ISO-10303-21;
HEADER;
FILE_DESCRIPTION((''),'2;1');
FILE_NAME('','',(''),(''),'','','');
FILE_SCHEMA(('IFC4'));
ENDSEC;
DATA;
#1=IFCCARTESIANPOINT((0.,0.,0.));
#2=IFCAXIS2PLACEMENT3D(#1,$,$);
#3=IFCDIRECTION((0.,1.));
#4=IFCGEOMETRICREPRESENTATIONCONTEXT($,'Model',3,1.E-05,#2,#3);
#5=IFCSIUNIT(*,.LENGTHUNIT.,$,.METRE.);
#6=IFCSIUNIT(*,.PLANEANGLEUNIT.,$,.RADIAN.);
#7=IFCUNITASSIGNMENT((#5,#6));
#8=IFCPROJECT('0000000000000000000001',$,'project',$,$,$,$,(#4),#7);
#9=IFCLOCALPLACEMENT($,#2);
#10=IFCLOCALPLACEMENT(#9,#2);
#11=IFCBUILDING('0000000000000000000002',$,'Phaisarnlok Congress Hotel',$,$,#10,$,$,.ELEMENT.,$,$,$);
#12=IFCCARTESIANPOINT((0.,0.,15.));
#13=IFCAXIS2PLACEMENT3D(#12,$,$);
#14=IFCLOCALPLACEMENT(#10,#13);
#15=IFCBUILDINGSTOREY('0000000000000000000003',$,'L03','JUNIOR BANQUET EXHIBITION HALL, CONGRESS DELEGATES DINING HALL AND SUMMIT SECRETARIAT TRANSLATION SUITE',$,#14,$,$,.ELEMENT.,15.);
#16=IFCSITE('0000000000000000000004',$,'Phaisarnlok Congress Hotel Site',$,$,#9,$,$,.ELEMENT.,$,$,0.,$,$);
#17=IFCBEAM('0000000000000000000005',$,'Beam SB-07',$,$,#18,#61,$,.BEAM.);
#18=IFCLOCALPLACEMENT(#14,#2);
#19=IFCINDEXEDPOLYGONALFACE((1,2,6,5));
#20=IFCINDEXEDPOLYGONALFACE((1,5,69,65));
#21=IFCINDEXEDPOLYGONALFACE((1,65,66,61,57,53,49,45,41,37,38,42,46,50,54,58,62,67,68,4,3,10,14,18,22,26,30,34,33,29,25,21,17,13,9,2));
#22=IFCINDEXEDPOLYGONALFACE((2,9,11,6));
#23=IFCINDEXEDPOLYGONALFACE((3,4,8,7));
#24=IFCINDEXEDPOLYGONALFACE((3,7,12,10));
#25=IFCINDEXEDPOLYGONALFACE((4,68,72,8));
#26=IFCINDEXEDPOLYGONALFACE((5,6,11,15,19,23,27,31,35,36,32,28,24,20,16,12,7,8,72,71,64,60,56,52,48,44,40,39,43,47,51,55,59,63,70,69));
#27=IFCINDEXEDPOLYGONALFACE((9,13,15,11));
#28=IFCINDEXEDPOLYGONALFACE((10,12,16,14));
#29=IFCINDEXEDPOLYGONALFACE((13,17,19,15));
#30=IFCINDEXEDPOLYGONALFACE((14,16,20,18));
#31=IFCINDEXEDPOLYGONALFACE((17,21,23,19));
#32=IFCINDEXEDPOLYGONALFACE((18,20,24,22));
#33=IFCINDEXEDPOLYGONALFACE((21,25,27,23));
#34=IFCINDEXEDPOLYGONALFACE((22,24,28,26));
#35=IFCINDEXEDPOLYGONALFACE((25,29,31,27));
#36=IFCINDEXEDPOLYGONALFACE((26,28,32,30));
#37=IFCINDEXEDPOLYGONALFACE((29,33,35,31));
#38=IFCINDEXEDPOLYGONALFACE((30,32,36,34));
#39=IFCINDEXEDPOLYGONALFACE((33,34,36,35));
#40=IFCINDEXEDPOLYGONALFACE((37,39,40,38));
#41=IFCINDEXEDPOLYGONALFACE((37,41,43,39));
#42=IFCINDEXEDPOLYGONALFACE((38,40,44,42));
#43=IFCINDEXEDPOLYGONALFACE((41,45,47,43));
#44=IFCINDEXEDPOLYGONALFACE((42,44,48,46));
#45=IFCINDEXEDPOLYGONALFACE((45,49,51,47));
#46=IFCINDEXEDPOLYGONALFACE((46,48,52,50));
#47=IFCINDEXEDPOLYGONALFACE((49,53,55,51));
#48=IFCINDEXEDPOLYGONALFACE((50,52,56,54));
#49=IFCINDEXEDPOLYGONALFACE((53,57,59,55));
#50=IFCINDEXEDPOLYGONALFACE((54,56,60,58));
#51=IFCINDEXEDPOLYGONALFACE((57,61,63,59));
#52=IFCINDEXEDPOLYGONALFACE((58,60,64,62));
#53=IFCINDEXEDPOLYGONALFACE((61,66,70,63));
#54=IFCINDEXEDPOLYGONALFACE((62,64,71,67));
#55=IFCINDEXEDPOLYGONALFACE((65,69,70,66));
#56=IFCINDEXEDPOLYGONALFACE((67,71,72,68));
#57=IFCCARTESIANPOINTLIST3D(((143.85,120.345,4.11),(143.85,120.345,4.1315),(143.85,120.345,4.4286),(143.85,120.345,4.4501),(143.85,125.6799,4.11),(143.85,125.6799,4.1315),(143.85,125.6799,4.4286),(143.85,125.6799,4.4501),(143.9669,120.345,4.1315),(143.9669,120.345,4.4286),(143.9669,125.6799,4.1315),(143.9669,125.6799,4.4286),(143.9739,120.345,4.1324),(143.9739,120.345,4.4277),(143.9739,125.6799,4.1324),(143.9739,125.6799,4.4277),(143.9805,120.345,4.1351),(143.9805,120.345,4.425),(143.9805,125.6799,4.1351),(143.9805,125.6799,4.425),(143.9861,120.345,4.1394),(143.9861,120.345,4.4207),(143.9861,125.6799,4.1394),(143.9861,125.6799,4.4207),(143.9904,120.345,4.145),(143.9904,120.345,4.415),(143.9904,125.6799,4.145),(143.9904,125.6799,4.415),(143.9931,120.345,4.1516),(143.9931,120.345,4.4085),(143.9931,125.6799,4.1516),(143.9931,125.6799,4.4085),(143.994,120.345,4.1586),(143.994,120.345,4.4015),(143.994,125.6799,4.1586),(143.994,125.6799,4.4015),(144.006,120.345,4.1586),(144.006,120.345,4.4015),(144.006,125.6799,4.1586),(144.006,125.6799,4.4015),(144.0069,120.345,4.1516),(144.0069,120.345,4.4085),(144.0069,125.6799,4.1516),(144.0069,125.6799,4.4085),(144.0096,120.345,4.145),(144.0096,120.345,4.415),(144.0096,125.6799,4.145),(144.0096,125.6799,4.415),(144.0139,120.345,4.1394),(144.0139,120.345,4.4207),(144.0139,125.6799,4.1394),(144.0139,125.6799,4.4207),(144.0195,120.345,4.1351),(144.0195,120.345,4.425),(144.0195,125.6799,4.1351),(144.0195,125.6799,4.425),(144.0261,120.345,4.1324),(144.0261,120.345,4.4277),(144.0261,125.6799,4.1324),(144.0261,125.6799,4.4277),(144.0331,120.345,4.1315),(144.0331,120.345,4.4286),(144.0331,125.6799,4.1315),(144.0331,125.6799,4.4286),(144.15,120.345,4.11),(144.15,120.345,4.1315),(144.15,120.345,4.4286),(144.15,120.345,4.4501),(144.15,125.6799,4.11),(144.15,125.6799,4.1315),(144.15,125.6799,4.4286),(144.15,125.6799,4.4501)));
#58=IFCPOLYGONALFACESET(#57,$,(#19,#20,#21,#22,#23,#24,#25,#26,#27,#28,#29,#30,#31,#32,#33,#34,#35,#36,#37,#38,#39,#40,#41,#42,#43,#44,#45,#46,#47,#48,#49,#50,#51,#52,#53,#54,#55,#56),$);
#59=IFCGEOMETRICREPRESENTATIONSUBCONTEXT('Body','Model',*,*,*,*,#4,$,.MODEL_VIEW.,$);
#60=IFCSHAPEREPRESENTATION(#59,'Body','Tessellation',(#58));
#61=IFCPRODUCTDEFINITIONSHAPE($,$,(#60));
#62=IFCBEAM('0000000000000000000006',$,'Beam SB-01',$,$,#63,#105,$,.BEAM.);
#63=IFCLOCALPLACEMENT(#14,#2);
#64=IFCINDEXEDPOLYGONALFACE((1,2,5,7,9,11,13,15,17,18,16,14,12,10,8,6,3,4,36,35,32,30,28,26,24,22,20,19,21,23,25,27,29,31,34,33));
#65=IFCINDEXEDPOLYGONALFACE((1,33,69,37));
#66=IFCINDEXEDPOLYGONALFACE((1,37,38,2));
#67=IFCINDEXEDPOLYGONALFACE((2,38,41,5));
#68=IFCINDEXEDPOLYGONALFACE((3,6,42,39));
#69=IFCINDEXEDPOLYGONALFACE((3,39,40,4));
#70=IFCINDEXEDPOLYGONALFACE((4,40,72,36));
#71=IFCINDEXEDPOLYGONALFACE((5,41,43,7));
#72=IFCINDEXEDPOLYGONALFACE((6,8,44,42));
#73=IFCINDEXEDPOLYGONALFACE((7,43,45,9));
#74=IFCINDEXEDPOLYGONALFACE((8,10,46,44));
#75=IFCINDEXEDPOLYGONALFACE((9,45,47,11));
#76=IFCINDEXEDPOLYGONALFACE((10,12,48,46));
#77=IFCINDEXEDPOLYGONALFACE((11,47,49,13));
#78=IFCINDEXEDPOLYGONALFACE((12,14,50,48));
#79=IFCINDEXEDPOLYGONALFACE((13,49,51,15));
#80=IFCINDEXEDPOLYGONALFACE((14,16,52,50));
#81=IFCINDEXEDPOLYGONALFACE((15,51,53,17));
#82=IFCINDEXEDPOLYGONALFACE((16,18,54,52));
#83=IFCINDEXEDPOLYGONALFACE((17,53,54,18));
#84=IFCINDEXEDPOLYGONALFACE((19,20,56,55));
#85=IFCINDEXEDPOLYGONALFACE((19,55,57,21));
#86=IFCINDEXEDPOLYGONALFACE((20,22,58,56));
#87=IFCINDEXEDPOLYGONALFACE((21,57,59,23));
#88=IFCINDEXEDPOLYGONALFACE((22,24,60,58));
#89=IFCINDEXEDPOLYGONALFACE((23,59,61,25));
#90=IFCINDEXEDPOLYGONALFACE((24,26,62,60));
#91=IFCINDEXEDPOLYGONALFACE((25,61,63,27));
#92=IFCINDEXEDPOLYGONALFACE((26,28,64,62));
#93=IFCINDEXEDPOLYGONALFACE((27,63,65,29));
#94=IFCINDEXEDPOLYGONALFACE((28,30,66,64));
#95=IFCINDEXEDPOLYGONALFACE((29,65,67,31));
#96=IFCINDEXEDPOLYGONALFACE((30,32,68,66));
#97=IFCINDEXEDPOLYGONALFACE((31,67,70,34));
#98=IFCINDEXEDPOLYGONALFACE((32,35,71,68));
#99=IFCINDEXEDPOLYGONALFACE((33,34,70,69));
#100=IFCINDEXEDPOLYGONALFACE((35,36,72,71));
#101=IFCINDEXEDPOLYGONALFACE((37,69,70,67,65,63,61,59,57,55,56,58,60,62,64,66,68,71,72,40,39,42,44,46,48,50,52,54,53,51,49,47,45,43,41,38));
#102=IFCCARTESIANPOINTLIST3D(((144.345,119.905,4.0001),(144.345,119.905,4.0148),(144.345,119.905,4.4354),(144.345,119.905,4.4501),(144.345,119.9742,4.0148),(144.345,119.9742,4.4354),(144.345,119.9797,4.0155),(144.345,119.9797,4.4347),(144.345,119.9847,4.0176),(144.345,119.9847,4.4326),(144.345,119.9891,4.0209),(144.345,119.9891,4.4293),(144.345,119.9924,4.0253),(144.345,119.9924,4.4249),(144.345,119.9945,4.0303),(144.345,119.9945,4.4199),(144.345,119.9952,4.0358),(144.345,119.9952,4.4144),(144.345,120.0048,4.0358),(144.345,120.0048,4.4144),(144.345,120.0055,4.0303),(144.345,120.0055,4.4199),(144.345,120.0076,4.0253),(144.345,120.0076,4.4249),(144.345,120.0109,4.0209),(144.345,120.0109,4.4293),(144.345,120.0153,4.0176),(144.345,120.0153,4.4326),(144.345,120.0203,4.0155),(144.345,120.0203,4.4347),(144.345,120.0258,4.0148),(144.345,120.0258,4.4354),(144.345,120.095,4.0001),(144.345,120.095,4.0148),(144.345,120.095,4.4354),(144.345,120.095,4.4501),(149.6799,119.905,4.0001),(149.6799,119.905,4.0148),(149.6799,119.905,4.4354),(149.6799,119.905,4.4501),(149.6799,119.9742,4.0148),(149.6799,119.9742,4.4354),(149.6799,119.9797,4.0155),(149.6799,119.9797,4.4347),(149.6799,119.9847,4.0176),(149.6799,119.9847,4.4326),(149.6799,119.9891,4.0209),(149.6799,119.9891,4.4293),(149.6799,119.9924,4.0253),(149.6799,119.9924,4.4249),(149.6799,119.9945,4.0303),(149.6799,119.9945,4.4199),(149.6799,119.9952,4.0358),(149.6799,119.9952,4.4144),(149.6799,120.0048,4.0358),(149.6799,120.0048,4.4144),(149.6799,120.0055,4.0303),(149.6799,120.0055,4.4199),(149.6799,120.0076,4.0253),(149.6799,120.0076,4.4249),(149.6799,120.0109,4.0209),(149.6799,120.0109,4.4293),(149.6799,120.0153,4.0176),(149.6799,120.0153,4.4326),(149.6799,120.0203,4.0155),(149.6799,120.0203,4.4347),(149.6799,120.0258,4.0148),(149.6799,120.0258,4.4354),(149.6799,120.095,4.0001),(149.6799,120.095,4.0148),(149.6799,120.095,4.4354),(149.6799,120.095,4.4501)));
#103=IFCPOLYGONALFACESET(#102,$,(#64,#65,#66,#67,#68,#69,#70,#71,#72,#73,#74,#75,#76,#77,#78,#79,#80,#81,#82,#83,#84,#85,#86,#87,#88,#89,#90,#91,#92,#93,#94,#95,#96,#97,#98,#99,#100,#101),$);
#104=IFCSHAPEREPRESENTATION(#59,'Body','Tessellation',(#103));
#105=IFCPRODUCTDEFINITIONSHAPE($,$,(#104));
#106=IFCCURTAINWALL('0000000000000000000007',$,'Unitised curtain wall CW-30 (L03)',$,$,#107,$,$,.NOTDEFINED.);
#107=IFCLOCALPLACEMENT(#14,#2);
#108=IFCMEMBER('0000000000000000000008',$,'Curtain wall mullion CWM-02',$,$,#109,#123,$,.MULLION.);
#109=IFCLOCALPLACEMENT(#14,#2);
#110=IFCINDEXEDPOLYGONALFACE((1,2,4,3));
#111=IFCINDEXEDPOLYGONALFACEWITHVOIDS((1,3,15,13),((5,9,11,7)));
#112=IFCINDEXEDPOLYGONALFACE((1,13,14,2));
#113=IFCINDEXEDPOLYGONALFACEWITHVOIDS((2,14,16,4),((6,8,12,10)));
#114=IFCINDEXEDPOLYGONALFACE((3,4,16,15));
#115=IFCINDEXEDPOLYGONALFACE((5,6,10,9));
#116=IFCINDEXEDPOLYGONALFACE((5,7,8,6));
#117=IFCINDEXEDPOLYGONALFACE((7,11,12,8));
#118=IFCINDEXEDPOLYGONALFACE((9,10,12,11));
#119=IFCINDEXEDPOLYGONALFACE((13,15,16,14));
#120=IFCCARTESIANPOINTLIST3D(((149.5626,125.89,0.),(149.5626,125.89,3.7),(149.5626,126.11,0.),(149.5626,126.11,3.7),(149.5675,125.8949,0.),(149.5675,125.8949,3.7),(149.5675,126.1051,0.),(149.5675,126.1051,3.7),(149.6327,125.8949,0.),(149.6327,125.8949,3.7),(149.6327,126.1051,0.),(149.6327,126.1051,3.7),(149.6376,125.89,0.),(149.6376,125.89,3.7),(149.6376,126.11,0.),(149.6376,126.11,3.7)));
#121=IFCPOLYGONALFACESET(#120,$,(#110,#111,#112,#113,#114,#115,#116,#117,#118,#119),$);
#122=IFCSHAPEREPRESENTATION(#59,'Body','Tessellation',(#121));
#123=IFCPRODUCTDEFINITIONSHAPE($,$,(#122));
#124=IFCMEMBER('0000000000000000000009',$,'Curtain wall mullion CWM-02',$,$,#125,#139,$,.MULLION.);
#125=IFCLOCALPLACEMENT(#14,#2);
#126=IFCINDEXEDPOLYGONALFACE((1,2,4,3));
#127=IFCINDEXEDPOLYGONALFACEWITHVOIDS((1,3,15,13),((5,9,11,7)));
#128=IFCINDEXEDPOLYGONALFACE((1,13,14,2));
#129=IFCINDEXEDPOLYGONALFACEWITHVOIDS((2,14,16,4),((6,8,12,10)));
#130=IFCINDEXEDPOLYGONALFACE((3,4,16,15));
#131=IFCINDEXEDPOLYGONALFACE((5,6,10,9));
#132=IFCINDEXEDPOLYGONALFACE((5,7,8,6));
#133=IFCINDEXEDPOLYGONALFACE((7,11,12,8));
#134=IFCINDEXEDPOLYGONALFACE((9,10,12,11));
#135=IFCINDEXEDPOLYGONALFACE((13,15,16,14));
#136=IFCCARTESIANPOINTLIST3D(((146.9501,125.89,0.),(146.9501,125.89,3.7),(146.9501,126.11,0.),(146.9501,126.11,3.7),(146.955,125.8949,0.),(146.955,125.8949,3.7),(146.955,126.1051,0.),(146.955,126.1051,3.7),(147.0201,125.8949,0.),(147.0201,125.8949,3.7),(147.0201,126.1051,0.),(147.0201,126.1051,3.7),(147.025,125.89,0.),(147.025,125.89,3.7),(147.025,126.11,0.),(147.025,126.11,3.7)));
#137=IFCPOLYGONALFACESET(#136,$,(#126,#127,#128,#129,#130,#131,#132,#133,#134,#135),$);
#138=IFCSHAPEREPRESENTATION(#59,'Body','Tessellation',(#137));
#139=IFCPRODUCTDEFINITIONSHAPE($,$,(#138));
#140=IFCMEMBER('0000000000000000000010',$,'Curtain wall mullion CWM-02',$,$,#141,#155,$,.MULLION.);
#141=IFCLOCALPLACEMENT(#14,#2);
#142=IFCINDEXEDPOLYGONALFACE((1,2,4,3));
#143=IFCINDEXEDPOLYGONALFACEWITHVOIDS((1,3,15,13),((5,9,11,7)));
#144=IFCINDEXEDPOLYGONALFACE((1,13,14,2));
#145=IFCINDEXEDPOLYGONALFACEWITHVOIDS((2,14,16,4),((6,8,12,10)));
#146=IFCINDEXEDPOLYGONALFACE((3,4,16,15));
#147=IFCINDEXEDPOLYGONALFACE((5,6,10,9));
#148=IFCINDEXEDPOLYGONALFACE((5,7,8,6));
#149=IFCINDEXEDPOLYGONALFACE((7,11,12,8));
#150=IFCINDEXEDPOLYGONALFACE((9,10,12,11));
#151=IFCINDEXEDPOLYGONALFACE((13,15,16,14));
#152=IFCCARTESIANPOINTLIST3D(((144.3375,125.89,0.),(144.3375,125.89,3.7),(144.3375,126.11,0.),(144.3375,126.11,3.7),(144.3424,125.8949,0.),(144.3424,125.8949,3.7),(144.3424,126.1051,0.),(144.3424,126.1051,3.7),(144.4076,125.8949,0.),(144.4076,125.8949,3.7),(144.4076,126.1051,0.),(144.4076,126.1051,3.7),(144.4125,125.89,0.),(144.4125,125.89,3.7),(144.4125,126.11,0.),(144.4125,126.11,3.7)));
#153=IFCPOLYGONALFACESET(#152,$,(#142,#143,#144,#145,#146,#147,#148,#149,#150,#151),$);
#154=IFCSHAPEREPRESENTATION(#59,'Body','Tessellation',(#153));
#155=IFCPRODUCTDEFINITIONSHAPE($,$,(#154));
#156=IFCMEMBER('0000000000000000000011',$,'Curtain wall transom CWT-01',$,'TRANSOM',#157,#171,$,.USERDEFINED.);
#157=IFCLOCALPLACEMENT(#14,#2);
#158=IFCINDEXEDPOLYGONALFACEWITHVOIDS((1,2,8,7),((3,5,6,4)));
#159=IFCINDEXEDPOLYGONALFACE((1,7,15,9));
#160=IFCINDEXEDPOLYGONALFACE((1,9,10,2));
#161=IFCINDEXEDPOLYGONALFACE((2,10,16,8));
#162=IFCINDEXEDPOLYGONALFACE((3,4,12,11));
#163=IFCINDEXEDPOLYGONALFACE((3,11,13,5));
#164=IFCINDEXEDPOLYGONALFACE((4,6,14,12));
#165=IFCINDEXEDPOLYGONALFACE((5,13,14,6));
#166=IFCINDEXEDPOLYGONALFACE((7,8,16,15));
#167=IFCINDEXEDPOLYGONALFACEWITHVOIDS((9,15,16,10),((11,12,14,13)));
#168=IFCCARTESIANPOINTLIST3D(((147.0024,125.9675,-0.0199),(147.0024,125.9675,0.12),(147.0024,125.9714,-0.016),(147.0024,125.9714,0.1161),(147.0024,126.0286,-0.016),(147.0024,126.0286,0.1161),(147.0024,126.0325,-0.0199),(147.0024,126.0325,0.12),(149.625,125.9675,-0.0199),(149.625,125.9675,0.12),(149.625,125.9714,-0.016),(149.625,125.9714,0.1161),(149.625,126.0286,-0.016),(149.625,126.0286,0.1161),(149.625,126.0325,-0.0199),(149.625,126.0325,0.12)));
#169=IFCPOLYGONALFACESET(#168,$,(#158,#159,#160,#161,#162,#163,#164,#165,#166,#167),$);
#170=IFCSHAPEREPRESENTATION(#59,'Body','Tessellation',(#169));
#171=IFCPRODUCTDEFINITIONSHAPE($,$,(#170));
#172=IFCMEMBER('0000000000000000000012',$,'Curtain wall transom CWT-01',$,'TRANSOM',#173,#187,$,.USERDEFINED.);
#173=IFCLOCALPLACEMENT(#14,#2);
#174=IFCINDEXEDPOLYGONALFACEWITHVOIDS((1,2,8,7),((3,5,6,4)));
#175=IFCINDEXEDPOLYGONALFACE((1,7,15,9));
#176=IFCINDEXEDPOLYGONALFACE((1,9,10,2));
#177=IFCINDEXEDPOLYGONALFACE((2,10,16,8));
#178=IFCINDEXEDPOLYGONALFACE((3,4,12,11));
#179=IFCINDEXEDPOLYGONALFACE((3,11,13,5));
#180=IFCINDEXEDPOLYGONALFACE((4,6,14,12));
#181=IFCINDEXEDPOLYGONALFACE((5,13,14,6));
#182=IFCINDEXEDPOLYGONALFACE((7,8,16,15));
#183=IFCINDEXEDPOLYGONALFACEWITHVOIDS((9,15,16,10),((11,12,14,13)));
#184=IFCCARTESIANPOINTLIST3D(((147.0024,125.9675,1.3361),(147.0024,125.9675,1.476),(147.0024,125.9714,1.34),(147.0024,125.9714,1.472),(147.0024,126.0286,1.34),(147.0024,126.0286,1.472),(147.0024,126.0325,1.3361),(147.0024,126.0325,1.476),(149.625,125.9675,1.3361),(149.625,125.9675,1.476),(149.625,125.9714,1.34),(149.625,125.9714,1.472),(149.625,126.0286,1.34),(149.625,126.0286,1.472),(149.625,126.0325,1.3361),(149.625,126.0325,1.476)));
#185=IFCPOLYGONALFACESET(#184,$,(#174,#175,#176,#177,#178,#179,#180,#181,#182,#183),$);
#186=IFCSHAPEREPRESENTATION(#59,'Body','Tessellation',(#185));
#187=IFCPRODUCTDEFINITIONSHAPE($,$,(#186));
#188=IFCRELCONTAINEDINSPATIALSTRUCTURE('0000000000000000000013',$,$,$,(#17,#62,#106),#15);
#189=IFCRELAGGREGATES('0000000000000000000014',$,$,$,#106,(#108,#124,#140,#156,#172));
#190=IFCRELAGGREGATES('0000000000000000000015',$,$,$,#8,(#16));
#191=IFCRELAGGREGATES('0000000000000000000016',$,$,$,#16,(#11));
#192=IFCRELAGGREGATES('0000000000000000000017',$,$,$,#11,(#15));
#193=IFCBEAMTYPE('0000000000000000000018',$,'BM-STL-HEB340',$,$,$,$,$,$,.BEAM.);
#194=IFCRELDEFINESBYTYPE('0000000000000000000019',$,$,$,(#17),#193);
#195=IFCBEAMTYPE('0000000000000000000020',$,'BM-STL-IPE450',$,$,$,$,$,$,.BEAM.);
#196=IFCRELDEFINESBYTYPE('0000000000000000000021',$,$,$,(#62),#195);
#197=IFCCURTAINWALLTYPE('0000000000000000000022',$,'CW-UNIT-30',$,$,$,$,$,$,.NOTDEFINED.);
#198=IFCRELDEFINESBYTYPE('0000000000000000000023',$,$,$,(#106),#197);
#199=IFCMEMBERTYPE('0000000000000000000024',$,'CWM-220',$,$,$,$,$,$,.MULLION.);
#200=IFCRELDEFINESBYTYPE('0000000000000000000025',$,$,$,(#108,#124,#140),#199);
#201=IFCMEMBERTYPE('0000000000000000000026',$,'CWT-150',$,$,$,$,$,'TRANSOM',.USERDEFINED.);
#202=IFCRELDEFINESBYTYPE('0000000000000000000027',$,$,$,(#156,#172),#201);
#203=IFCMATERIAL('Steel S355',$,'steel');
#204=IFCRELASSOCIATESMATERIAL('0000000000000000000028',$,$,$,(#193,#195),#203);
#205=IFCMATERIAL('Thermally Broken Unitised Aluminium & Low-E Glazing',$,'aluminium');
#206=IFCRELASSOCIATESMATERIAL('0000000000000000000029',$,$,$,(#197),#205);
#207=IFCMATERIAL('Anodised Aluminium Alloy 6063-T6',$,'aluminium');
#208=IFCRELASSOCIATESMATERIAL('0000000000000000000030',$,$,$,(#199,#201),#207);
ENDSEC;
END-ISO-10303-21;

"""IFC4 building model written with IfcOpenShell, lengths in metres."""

from ifc_helpers import new_model, si_unit, direction, frame, origin, origin_2d, place, context, subcontext, project, spatial, hollow_rectangle, i_section, extrude, material, material_profile, profile_set, type_object, element, aggregate, save


model = new_model("IFC4")

# Units and contexts
model_context = context("Model", 3, precision=1e-05, world=origin(), true_north=direction((0.0, 1.0)))
body_context = subcontext(model_context, "Body", "Model", "MODEL_VIEW")
ifc_project = project(units=[si_unit("LENGTHUNIT", "METRE"), si_unit("PLANEANGLEUNIT", "RADIAN")], contexts=[model_context])

# Site, building, storey
site_placement = place(None, origin())
site = spatial("IfcSite", under=ifc_project, at=site_placement, Name="Phaisarnlok Congress Hotel Site", CompositionType="ELEMENT", RefElevation=0.0)
building_placement = place(site_placement, origin())
building = spatial("IfcBuilding", under=site, at=building_placement, Name="Phaisarnlok Congress Hotel", CompositionType="ELEMENT")
storey_placement = place(building_placement, frame((0.0, 0.0, 15.0)))
storey = spatial("IfcBuildingStorey", under=building, at=storey_placement, Name="L03", Description="JUNIOR BANQUET EXHIBITION HALL, CONGRESS DELEGATES DINING HALL AND SUMMIT SECRETARIAT TRANSLATION SUITE", CompositionType="ELEMENT", Elevation=15.0)

# Shared definitions
ifc_material_1 = material(Name="Steel S355", Category="steel")

# Beams
ifc_material_profile_1 = material_profile(ifc_material_1, i_section(OverallWidth=0.3, OverallDepth=0.3401, WebThickness=0.012, FlangeThickness=0.0215, FilletRadius=0.0271, at=origin_2d()), Name="HEB 340")
ifc_profile_set_1 = profile_set([ifc_material_profile_1], Name="Steel S355")
beam_type_1 = type_object("IfcBeamType", Name="BM-STL-HEB340", PredefinedType="BEAM", material=ifc_profile_set_1)
beam_1_placement = place(storey_placement, frame((144.0, 120.345, 4.28), z_axis=(0.0, 1.0, 0.0), x_axis=(-1.0, 0.0, 0.0)))
element("IfcBeam", 1, at=beam_1_placement, inside=storey, type_object=beam_type_1, Name="Beam SB-07", PredefinedType="BEAM", context=body_context, shape_type="SweptSolid", body=[
    extrude(i_section(OverallWidth=0.3, OverallDepth=0.3401, WebThickness=0.012, FlangeThickness=0.0215, FilletRadius=0.0271, at=origin_2d()), origin(), (0.0, 0.0, 1.0), 5.335),
])
ifc_material_profile_2 = material_profile(ifc_material_1, i_section(OverallWidth=0.1899, OverallDepth=0.45, WebThickness=0.0095, FlangeThickness=0.0146, FilletRadius=0.021, at=origin_2d()), Name="IPE 450")
ifc_profile_set_2 = profile_set([ifc_material_profile_2], Name="Steel S355")
beam_type_2 = type_object("IfcBeamType", Name="BM-STL-IPE450", PredefinedType="BEAM", material=ifc_profile_set_2)
beam_2_placement = place(storey_placement, frame((144.345, 120.0, 4.2251), z_axis=(1.0, 0.0, 0.0), x_axis=(0.0, 1.0, 0.0)))
element("IfcBeam", 2, at=beam_2_placement, inside=storey, type_object=beam_type_2, Name="Beam SB-01", PredefinedType="BEAM", context=body_context, shape_type="SweptSolid", body=[
    extrude(i_section(OverallWidth=0.1899, OverallDepth=0.45, WebThickness=0.0095, FlangeThickness=0.0146, FilletRadius=0.021, at=origin_2d()), origin(), (0.0, 0.0, 1.0), 5.335),
])

# Curtain wall, members
ifc_material_2 = material(Name="Thermally Broken Unitised Aluminium & Low-E Glazing", Category="aluminium")
curtain_wall_type_1 = type_object("IfcCurtainWallType", Name="CW-UNIT-30", PredefinedType="NOTDEFINED", material=ifc_material_2)
curtain_wall_1_placement = place(storey_placement, origin())
curtain_wall_1 = element("IfcCurtainWall", 3, at=curtain_wall_1_placement, inside=storey, type_object=curtain_wall_type_1, Name="Unitised curtain wall CW-30 (L03)", PredefinedType="NOTDEFINED")
ifc_material_3 = material(Name="Anodised Aluminium Alloy 6063-T6", Category="aluminium")
ifc_material_profile_3 = material_profile(ifc_material_3, hollow_rectangle(XDim=0.075, YDim=0.22, WallThickness=0.0049, at=origin_2d()), Name="ALU-M 75x220x5")
ifc_profile_set_3 = profile_set([ifc_material_profile_3], Name="Anodised Aluminium Alloy 6063-T6")
member_type_1 = type_object("IfcMemberType", Name="CWM-220", PredefinedType="MULLION", material=ifc_profile_set_3)
member_1_placement = place(storey_placement, frame((149.6001, 126.0, 0.0), z_axis=(0.0, 0.0, 1.0), x_axis=(-1.0, 0.0, 0.0)))
member_1 = element("IfcMember", 4, at=member_1_placement, type_object=member_type_1, Name="Curtain wall mullion CWM-02", PredefinedType="MULLION", context=body_context, shape_type="SweptSolid", body=[
    extrude(hollow_rectangle(XDim=0.075, YDim=0.22, WallThickness=0.0049, at=origin_2d()), origin(), (0.0, 0.0, 1.0), 3.7),
])
member_2_placement = place(storey_placement, frame((146.9875, 126.0, 0.0), z_axis=(0.0, 0.0, 1.0), x_axis=(-1.0, 0.0, 0.0)))
member_2 = element("IfcMember", 5, at=member_2_placement, type_object=member_type_1, Name="Curtain wall mullion CWM-02", PredefinedType="MULLION", context=body_context, shape_type="SweptSolid", body=[
    extrude(hollow_rectangle(XDim=0.075, YDim=0.22, WallThickness=0.0049, at=origin_2d()), origin(), (0.0, 0.0, 1.0), 3.7),
])
member_3_placement = place(storey_placement, frame((144.375, 126.0, 0.0), z_axis=(0.0, 0.0, 1.0), x_axis=(-1.0, 0.0, 0.0)))
member_3 = element("IfcMember", 6, at=member_3_placement, type_object=member_type_1, Name="Curtain wall mullion CWM-02", PredefinedType="MULLION", context=body_context, shape_type="SweptSolid", body=[
    extrude(hollow_rectangle(XDim=0.075, YDim=0.22, WallThickness=0.0049, at=origin_2d()), origin(), (0.0, 0.0, 1.0), 3.7),
])
ifc_material_profile_4 = material_profile(ifc_material_3, hollow_rectangle(XDim=0.0649, YDim=0.1399, WallThickness=0.0039, at=origin_2d()), Name="ALU-T 65x140x4")
ifc_profile_set_4 = profile_set([ifc_material_profile_4], Name="Anodised Aluminium Alloy 6063-T6")
member_type_2 = type_object("IfcMemberType", Name="CWT-150", ElementType="TRANSOM", PredefinedType="USERDEFINED", material=ifc_profile_set_4)
member_4_placement = place(storey_placement, frame((149.625, 126.0, 0.05), z_axis=(-1.0, 0.0, 0.0), x_axis=(0.0, -1.0, 0.0)))
member_4 = element("IfcMember", 7, at=member_4_placement, type_object=member_type_2, Name="Curtain wall transom CWT-01", ObjectType="TRANSOM", PredefinedType="USERDEFINED", context=body_context, shape_type="SweptSolid", body=[
    extrude(hollow_rectangle(XDim=0.0649, YDim=0.1399, WallThickness=0.0039, at=origin_2d()), origin(), (0.0, 0.0, 1.0), 2.6226),
])
member_5_placement = place(storey_placement, frame((149.625, 126.0, 1.406), z_axis=(-1.0, 0.0, 0.0), x_axis=(0.0, -1.0, 0.0)))
member_5 = element("IfcMember", 8, at=member_5_placement, type_object=member_type_2, Name="Curtain wall transom CWT-01", ObjectType="TRANSOM", PredefinedType="USERDEFINED", context=body_context, shape_type="SweptSolid", body=[
    extrude(hollow_rectangle(XDim=0.0649, YDim=0.1399, WallThickness=0.0039, at=origin_2d()), origin(), (0.0, 0.0, 1.0), 2.6226),
])

aggregate(curtain_wall_1, [member_1, member_2, member_3, member_4, member_5])

save(model, "model.ifc")
